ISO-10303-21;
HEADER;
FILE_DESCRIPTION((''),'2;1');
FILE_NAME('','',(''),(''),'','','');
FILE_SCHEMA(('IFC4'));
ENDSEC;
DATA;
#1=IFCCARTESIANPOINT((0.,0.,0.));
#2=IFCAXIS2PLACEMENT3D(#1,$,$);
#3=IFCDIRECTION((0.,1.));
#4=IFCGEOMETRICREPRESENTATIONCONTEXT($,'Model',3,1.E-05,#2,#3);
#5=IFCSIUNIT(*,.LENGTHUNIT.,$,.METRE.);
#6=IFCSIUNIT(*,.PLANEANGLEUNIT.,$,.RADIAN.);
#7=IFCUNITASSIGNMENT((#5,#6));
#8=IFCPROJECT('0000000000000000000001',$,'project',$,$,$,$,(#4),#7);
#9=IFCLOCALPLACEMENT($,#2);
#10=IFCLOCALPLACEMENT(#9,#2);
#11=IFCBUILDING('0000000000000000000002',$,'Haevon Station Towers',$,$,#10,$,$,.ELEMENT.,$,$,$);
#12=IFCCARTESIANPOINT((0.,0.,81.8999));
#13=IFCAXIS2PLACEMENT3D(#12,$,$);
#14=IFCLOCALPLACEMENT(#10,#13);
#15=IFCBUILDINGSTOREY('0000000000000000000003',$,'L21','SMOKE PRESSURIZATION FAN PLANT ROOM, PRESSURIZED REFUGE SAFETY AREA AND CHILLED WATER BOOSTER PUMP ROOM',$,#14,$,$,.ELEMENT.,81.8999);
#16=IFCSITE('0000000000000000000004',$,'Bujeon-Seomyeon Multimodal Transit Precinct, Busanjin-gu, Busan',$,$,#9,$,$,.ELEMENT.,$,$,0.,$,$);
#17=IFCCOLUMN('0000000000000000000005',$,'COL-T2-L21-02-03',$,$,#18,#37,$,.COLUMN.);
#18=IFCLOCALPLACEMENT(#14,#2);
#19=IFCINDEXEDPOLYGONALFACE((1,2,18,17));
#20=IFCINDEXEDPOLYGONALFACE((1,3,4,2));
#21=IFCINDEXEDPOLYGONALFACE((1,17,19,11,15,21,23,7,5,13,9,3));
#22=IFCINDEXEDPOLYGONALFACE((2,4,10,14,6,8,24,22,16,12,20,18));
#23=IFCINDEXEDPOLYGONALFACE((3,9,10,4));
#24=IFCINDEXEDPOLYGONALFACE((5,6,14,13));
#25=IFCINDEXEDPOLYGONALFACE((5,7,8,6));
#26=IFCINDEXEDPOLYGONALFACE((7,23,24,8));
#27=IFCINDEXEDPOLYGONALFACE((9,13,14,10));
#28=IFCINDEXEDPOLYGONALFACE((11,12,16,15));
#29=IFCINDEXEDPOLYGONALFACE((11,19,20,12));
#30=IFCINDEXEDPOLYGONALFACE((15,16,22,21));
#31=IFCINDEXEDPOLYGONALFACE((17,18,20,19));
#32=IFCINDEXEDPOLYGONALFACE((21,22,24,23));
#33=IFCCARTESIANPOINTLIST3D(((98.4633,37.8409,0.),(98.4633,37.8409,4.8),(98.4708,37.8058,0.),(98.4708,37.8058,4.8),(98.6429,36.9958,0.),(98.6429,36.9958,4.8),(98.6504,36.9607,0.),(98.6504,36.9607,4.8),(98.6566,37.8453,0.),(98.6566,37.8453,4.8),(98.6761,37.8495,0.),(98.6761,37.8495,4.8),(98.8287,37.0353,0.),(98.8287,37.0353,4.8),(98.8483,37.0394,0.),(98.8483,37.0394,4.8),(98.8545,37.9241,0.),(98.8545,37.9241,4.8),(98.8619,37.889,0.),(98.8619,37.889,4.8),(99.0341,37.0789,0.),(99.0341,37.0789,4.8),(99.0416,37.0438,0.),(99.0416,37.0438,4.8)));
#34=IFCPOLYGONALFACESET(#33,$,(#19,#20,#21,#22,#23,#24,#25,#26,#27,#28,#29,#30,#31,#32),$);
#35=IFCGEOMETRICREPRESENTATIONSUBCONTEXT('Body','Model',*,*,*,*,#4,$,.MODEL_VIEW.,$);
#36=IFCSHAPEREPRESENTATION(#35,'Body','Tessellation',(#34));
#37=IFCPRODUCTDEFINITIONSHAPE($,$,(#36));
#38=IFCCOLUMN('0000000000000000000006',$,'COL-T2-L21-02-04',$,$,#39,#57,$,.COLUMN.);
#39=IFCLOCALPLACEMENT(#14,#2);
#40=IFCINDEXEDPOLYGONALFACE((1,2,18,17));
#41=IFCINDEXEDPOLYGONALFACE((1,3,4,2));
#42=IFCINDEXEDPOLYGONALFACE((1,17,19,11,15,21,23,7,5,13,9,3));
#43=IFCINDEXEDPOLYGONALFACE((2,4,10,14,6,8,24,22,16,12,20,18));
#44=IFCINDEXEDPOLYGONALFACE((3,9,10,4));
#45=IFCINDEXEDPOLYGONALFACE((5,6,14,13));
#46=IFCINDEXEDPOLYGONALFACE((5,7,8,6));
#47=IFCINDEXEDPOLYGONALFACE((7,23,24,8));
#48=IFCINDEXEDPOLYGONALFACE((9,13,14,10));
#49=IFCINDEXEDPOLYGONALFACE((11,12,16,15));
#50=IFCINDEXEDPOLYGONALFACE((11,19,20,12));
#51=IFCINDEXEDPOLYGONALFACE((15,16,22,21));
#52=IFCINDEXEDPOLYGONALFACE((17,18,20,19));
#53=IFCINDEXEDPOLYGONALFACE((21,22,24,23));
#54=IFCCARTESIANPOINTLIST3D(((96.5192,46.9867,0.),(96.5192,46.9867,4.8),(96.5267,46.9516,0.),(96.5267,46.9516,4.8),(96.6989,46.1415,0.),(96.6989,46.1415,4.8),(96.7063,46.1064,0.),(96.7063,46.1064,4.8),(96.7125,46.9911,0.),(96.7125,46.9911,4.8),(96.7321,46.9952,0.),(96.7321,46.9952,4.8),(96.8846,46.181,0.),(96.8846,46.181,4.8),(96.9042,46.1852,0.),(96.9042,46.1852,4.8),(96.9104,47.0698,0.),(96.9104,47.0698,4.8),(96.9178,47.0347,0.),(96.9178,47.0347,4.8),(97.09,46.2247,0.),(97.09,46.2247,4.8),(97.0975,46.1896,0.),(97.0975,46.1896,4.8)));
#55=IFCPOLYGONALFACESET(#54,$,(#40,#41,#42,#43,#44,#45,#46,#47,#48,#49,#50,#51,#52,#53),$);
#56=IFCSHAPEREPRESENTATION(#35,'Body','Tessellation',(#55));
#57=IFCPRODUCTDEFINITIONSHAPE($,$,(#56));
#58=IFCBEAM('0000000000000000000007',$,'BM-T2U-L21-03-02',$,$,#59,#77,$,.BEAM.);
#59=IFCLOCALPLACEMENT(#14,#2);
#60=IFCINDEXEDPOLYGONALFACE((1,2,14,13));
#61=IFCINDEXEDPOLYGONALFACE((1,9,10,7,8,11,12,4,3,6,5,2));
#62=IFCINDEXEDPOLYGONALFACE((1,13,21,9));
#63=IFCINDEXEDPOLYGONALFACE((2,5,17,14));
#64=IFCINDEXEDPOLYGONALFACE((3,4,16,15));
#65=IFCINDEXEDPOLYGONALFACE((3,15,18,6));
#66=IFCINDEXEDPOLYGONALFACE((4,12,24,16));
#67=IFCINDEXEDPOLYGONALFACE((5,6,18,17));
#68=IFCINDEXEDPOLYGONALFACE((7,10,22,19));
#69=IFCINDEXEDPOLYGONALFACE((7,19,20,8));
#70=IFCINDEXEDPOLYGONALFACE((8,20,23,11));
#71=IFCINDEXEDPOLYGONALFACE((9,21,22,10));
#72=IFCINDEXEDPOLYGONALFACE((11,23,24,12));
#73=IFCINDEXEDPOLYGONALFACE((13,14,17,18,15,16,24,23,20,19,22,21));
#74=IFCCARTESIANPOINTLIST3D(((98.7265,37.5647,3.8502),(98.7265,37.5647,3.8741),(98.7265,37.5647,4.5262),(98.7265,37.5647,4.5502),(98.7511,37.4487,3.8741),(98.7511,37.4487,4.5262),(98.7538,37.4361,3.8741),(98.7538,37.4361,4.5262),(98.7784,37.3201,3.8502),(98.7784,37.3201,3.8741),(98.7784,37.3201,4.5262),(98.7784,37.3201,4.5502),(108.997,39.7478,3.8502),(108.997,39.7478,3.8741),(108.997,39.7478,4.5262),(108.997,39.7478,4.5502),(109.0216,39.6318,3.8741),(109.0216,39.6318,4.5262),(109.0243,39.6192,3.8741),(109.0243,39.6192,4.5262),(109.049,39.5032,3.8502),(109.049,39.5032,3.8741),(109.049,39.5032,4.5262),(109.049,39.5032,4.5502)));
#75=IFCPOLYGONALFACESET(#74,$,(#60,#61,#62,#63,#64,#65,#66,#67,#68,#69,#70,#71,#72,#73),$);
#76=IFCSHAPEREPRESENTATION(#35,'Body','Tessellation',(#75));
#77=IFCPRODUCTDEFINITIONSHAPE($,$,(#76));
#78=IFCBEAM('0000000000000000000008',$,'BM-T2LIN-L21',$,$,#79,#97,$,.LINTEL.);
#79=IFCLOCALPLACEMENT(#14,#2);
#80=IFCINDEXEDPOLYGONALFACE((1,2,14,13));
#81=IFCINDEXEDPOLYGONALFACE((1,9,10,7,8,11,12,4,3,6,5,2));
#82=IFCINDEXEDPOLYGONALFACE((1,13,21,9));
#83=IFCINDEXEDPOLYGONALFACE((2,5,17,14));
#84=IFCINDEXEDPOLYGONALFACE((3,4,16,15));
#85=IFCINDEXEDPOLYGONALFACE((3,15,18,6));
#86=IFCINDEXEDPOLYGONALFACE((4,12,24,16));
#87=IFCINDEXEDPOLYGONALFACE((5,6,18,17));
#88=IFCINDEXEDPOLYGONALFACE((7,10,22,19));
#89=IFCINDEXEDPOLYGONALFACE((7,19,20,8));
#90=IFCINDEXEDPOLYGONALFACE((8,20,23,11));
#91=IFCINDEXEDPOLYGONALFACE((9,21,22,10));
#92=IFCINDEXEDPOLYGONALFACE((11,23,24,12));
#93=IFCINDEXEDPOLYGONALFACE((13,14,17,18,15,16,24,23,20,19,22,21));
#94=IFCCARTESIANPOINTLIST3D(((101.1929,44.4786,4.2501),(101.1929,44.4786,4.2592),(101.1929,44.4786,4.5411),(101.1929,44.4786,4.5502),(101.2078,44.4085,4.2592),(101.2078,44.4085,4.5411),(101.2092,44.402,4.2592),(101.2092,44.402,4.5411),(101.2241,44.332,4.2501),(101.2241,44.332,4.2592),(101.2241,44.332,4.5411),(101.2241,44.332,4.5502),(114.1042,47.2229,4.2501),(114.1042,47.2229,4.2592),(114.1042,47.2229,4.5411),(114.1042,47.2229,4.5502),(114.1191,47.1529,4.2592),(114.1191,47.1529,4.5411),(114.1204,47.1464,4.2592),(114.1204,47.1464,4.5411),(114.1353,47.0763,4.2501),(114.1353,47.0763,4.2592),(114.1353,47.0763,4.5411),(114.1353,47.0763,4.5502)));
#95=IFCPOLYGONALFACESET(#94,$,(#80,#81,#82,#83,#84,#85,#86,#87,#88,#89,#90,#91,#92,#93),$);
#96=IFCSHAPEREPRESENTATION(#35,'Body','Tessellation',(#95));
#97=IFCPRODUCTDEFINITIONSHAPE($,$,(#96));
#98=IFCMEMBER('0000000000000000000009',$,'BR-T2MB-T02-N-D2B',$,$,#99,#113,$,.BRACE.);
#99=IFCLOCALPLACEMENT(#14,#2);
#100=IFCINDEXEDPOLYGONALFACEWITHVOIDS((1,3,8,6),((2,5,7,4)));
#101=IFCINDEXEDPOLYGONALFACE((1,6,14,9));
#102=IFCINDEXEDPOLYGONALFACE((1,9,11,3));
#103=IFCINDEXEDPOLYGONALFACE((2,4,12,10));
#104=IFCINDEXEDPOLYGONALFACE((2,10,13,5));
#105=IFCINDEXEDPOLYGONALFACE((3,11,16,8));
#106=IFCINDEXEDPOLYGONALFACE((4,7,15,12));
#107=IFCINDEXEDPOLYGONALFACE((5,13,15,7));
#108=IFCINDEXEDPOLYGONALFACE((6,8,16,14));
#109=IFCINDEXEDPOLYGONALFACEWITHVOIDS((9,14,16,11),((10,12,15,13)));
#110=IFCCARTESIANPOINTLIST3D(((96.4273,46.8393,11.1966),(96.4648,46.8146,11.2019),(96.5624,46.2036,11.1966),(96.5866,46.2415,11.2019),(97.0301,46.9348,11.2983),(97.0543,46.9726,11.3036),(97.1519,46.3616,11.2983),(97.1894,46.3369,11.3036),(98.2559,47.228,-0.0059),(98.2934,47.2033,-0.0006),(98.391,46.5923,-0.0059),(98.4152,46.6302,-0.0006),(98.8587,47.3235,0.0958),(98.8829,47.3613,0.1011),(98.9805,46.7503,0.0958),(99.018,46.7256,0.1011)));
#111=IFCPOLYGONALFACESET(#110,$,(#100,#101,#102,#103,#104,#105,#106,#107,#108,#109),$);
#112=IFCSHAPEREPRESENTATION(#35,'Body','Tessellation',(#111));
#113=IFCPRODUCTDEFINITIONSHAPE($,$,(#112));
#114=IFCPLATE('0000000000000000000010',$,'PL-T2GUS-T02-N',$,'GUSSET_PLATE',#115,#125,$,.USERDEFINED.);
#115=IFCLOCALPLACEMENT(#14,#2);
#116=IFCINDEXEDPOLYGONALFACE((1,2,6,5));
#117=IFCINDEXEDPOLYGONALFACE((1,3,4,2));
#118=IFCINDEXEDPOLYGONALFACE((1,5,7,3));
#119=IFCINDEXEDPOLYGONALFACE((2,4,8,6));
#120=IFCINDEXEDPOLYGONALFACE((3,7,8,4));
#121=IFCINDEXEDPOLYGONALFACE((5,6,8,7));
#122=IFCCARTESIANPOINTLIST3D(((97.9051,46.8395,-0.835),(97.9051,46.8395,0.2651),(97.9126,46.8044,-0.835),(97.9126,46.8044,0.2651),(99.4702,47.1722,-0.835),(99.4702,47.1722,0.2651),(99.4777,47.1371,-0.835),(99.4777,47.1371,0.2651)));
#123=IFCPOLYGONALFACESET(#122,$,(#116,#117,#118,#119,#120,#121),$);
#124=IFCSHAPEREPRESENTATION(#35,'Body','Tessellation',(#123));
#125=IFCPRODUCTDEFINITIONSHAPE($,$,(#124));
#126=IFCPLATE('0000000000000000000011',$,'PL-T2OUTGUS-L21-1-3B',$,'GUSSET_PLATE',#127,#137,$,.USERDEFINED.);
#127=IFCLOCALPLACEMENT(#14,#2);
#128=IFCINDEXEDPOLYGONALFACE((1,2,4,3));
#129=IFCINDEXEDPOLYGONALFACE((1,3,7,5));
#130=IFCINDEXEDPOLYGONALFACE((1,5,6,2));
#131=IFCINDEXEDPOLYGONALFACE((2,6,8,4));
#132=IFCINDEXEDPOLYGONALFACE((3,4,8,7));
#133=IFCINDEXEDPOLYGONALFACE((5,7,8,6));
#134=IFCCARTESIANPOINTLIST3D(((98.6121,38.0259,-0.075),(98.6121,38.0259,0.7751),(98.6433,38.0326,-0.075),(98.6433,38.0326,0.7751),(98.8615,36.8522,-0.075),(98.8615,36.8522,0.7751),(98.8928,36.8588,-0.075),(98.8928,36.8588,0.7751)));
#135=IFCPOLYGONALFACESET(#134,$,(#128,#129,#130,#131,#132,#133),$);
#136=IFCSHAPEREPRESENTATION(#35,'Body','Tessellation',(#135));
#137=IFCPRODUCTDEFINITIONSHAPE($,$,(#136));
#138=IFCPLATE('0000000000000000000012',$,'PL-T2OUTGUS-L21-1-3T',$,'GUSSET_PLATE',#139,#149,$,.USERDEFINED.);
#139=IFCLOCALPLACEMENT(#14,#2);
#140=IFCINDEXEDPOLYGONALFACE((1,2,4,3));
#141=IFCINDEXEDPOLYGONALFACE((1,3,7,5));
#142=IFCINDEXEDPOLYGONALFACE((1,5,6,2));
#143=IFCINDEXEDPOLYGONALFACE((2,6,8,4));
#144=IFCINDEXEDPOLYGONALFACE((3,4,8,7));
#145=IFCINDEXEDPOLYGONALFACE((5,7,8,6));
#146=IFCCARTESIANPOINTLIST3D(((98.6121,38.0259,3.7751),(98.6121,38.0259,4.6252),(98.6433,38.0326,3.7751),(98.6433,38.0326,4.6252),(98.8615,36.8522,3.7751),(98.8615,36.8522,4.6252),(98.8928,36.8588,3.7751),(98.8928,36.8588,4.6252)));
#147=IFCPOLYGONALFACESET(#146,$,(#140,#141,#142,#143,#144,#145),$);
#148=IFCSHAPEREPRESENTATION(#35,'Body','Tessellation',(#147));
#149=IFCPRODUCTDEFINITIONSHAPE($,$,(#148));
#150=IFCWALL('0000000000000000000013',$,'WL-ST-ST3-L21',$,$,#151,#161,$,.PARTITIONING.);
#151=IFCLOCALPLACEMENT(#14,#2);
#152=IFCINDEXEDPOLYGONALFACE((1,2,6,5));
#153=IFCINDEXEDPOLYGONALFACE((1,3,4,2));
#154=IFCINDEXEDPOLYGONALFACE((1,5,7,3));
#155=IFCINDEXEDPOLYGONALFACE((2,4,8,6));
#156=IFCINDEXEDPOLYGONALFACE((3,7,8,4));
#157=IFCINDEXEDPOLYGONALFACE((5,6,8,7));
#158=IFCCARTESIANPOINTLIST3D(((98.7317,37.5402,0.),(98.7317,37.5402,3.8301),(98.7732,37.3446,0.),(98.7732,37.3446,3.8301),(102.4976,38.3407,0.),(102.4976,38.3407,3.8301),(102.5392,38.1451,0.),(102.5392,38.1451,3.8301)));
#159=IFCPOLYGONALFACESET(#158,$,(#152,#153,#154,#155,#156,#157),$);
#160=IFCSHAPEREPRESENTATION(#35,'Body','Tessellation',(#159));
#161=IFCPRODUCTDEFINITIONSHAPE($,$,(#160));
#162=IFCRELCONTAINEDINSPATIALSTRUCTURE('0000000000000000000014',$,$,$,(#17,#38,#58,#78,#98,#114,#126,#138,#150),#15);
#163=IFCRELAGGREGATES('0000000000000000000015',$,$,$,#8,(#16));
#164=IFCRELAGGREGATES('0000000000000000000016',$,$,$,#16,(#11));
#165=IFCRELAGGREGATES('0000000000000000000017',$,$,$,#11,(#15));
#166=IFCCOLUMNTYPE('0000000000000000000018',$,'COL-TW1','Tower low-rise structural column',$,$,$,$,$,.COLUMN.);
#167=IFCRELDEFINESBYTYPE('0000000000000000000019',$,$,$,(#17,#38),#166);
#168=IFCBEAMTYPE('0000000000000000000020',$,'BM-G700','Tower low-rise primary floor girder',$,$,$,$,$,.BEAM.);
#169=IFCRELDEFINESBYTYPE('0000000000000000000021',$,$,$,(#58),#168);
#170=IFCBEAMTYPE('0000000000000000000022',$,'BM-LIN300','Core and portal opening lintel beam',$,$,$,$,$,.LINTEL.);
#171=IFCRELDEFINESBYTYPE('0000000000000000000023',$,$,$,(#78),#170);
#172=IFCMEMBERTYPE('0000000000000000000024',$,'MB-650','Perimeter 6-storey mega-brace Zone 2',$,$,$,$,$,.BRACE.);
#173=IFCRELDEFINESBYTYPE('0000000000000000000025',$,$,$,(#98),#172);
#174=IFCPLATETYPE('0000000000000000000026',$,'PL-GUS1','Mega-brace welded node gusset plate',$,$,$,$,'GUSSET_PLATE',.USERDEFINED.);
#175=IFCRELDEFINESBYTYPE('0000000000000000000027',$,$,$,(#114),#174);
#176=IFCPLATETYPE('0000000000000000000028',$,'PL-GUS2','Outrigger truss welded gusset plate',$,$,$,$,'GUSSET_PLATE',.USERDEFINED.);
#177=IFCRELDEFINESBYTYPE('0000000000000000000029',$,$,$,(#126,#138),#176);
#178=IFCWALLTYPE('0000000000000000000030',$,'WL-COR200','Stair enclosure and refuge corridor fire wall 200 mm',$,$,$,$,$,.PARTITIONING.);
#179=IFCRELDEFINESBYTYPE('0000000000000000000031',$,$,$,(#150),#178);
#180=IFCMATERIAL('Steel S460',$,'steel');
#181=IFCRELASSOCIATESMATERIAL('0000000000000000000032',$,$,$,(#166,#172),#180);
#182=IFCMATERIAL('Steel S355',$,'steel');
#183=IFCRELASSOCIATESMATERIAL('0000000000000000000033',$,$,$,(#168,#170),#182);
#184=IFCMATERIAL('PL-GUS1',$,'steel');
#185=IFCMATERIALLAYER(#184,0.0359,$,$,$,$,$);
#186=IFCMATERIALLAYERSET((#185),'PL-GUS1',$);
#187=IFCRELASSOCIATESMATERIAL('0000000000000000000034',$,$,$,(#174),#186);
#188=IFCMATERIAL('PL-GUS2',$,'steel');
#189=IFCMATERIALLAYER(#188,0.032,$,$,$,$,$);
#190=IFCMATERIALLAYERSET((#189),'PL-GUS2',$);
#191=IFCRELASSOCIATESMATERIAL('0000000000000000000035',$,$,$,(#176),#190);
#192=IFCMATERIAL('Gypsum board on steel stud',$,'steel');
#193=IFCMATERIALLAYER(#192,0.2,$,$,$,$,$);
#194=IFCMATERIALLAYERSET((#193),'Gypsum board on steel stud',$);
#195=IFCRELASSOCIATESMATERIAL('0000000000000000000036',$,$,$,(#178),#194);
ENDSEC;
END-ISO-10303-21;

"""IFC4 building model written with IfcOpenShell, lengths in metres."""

from ifc_helpers import new_model, si_unit, direction, frame, frame_2d, origin, origin_2d, place, context, subcontext, project, spatial, rectangle, hollow_rectangle, i_section, extrude, material, layer, layer_set, material_profile, profile_set, type_object, element, save


model = new_model("IFC4")

# Units and contexts
model_context = context("Model", 3, precision=1e-05, world=origin(), true_north=direction((0.0, 1.0)))
body_context = subcontext(model_context, "Body", "Model", "MODEL_VIEW")
ifc_project = project(units=[si_unit("LENGTHUNIT", "METRE"), si_unit("PLANEANGLEUNIT", "RADIAN")], contexts=[model_context])

# Site, building, storey
site_placement = place(None, origin())
site = spatial("IfcSite", under=ifc_project, at=site_placement, Name="Bujeon-Seomyeon Multimodal Transit Precinct, Busanjin-gu, Busan", CompositionType="ELEMENT", RefElevation=0.0)
building_placement = place(site_placement, origin())
building = spatial("IfcBuilding", under=site, at=building_placement, Name="Haevon Station Towers", CompositionType="ELEMENT")
storey_placement = place(building_placement, frame((0.0, 0.0, 81.8999)))
storey = spatial("IfcBuildingStorey", under=building, at=storey_placement, Name="L21", Description="SMOKE PRESSURIZATION FAN PLANT ROOM, PRESSURIZED REFUGE SAFETY AREA AND CHILLED WATER BOOSTER PUMP ROOM", CompositionType="ELEMENT", Elevation=81.8999)

# Columns
ifc_material_1 = material(Name="Steel S460", Category="steel")
ifc_material_profile_1 = material_profile(ifc_material_1, i_section(OverallWidth=0.3999, OverallDepth=0.8999, WebThickness=0.02, FlangeThickness=0.0359, at=origin_2d()), Name="H-900x400x20x36")
ifc_profile_set_1 = profile_set([ifc_material_profile_1], Name="Steel S460")
column_type = type_object("IfcColumnType", Name="COL-TW1", Description="Tower low-rise structural column", PredefinedType="COLUMN", material=ifc_profile_set_1)
for number, where, z_axis, x_axis, name in (
    (1, (98.7524, 37.4424, 0.0), (0.0, 0.0, 1.0), (0.978148, 0.207912, 0.0), "COL-T2-L21-02-03"),
    (2, (96.8083, 46.5881, 0.0), (0.0, 0.0, 1.0), (0.978148, 0.207912, 0.0), "COL-T2-L21-02-04"),
):
    element("IfcColumn", number, at=place(storey_placement, frame(where, z_axis=z_axis, x_axis=x_axis)), inside=storey, type_object=column_type, Name=name, PredefinedType="COLUMN", context=body_context, shape_type="SweptSolid", body=[
        extrude(i_section(OverallWidth=0.3999, OverallDepth=0.8999, WebThickness=0.02, FlangeThickness=0.0359, at=origin_2d()), origin(), (0.0, 0.0, 1.0), 4.8),
    ])

# Beams
ifc_material_2 = material(Name="Steel S355", Category="steel")
ifc_material_profile_2 = material_profile(ifc_material_2, i_section(OverallWidth=0.25, OverallDepth=0.7, WebThickness=0.0129, FlangeThickness=0.0239, at=origin_2d()), Name="H-700x250x13x24")
ifc_profile_set_2 = profile_set([ifc_material_profile_2], Name="Steel S355")
beam_type_1 = type_object("IfcBeamType", Name="BM-G700", Description="Tower low-rise primary floor girder", PredefinedType="BEAM", material=ifc_profile_set_2)
beam_1_placement = place(storey_placement, frame((98.7524, 37.4424, 4.2002), z_axis=(0.978147, 0.207915, 0.0), x_axis=(-0.207915, 0.978147, 0.0)))
element("IfcBeam", 3, at=beam_1_placement, inside=storey, type_object=beam_type_1, Name="BM-T2U-L21-03-02", PredefinedType="BEAM", context=body_context, shape_type="SweptSolid", body=[
    extrude(i_section(OverallWidth=0.25, OverallDepth=0.7, WebThickness=0.0129, FlangeThickness=0.0239, at=origin_2d()), origin(), (0.0, 0.0, 1.0), 10.5),
])
ifc_material_profile_3 = material_profile(ifc_material_2, i_section(OverallWidth=0.1499, OverallDepth=0.3, WebThickness=0.0066, FlangeThickness=0.009, at=origin_2d()), Name="H-300x150x6.5x9")
ifc_profile_set_3 = profile_set([ifc_material_profile_3], Name="Steel S355")
beam_type_2 = type_object("IfcBeamType", Name="BM-LIN300", Description="Core and portal opening lintel beam", PredefinedType="LINTEL", material=ifc_profile_set_3)
beam_2_placement = place(storey_placement, frame((101.2085, 44.4053, 4.4001), z_axis=(0.978148, 0.207911, 0.0), x_axis=(-0.207911, 0.978148, 0.0)))
element("IfcBeam", 4, at=beam_2_placement, inside=storey, type_object=beam_type_2, Name="BM-T2LIN-L21", PredefinedType="LINTEL", context=body_context, shape_type="SweptSolid", body=[
    extrude(i_section(OverallWidth=0.1499, OverallDepth=0.3, WebThickness=0.0066, FlangeThickness=0.009, at=origin_2d()), origin(), (0.0, 0.0, 1.0), 13.1997),
])

# Member
ifc_material_profile_4 = material_profile(ifc_material_1, hollow_rectangle(XDim=0.6499, YDim=0.6499, WallThickness=0.032, at=origin_2d()), Name="RHS-650x650x32")
ifc_profile_set_4 = profile_set([ifc_material_profile_4], Name="Steel S460")
member_type = type_object("IfcMemberType", Name="MB-650", Description="Perimeter 6-storey mega-brace Zone 2", PredefinedType="BRACE", material=ifc_profile_set_4)
member_placement = place(storey_placement, frame((98.637, 46.9768, 0.0476), z_axis=(-0.161008, -0.034222, 0.98636), x_axis=(0.207906, -0.978149, 0.0)))
element("IfcMember", 5, at=member_placement, inside=storey, type_object=member_type, Name="BR-T2MB-T02-N-D2B", PredefinedType="BRACE", context=body_context, shape_type="SweptSolid", body=[
    extrude(hollow_rectangle(XDim=0.6499, YDim=0.6499, WallThickness=0.032, at=origin_2d()), origin(), (0.0, 0.0, 1.0), 11.3574),
])

# Plates
ifc_material_3 = material(Name="PL-GUS1", Category="steel")
ifc_layer_1 = layer(ifc_material_3, 0.0359)
ifc_layer_set_1 = layer_set([ifc_layer_1], Name="PL-GUS1")
plate_type_1 = type_object("IfcPlateType", Name="PL-GUS1", Description="Mega-brace welded node gusset plate", ElementType="GUSSET_PLATE", PredefinedType="USERDEFINED", material=ifc_layer_set_1)
plate_placement = place(storey_placement, frame((98.6914, 46.9883, -0.835), z_axis=(0.0, 0.0, 1.0), x_axis=(0.978148, 0.207912, 0.0)))
element("IfcPlate", 6, at=plate_placement, inside=storey, type_object=plate_type_1, Name="PL-T2GUS-T02-N", ObjectType="GUSSET_PLATE", PredefinedType="USERDEFINED", context=body_context, shape_type="SweptSolid", body=[
    extrude(rectangle(XDim=1.6001, YDim=0.0359, at=origin_2d()), origin(), (0.0, 0.0, 1.0), 1.1001),
])
ifc_material_4 = material(Name="PL-GUS2", Category="steel")
ifc_layer_2 = layer(ifc_material_4, 0.032)
ifc_layer_set_2 = layer_set([ifc_layer_2], Name="PL-GUS2")
plate_type_2 = type_object("IfcPlateType", Name="PL-GUS2", Description="Outrigger truss welded gusset plate", ElementType="GUSSET_PLATE", PredefinedType="USERDEFINED", material=ifc_layer_set_2)
for number, where, z_axis, x_axis, name in (
    (7, (98.7524, 37.4424, -0.075), (0.0, 0.0, 1.0), (-0.207912, 0.978148, 0.0), "PL-T2OUTGUS-L21-1-3B"),
    (8, (98.7524, 37.4424, 3.7751), (0.0, 0.0, 1.0), (-0.207912, 0.978148, 0.0), "PL-T2OUTGUS-L21-1-3T"),
):
    element("IfcPlate", number, at=place(storey_placement, frame(where, z_axis=z_axis, x_axis=x_axis)), inside=storey, type_object=plate_type_2, Name=name, ObjectType="GUSSET_PLATE", PredefinedType="USERDEFINED", context=body_context, shape_type="SweptSolid", body=[
        extrude(rectangle(XDim=1.2, YDim=0.032, at=origin_2d()), origin(), (0.0, 0.0, 1.0), 0.8501),
    ])

# Wall
ifc_material_5 = material(Name="Gypsum board on steel stud", Category="steel")
ifc_layer_3 = layer(ifc_material_5, 0.2)
ifc_layer_set_3 = layer_set([ifc_layer_3], Name="Gypsum board on steel stud")
wall_type_1 = type_object("IfcWallType", Name="WL-COR200", Description="Stair enclosure and refuge corridor fire wall 200 mm", PredefinedType="PARTITIONING", material=ifc_layer_set_3)
wall_1_placement = place(storey_placement, frame((98.7524, 37.4424, 0.0), z_axis=(0.0, 0.0, 1.0), x_axis=(0.978144, 0.207931, 0.0)))
element("IfcWall", 9, at=wall_1_placement, inside=storey, type_object=wall_type_1, Name="WL-ST-ST3-L21", PredefinedType="PARTITIONING", context=body_context, shape_type="SweptSolid", body=[
    extrude(rectangle(XDim=3.8501, YDim=0.2, at=frame_2d((1.925, 0.0))), origin(), (0.0, 0.0, 1.0), 3.8301),
])

save(model, "model.ifc")
